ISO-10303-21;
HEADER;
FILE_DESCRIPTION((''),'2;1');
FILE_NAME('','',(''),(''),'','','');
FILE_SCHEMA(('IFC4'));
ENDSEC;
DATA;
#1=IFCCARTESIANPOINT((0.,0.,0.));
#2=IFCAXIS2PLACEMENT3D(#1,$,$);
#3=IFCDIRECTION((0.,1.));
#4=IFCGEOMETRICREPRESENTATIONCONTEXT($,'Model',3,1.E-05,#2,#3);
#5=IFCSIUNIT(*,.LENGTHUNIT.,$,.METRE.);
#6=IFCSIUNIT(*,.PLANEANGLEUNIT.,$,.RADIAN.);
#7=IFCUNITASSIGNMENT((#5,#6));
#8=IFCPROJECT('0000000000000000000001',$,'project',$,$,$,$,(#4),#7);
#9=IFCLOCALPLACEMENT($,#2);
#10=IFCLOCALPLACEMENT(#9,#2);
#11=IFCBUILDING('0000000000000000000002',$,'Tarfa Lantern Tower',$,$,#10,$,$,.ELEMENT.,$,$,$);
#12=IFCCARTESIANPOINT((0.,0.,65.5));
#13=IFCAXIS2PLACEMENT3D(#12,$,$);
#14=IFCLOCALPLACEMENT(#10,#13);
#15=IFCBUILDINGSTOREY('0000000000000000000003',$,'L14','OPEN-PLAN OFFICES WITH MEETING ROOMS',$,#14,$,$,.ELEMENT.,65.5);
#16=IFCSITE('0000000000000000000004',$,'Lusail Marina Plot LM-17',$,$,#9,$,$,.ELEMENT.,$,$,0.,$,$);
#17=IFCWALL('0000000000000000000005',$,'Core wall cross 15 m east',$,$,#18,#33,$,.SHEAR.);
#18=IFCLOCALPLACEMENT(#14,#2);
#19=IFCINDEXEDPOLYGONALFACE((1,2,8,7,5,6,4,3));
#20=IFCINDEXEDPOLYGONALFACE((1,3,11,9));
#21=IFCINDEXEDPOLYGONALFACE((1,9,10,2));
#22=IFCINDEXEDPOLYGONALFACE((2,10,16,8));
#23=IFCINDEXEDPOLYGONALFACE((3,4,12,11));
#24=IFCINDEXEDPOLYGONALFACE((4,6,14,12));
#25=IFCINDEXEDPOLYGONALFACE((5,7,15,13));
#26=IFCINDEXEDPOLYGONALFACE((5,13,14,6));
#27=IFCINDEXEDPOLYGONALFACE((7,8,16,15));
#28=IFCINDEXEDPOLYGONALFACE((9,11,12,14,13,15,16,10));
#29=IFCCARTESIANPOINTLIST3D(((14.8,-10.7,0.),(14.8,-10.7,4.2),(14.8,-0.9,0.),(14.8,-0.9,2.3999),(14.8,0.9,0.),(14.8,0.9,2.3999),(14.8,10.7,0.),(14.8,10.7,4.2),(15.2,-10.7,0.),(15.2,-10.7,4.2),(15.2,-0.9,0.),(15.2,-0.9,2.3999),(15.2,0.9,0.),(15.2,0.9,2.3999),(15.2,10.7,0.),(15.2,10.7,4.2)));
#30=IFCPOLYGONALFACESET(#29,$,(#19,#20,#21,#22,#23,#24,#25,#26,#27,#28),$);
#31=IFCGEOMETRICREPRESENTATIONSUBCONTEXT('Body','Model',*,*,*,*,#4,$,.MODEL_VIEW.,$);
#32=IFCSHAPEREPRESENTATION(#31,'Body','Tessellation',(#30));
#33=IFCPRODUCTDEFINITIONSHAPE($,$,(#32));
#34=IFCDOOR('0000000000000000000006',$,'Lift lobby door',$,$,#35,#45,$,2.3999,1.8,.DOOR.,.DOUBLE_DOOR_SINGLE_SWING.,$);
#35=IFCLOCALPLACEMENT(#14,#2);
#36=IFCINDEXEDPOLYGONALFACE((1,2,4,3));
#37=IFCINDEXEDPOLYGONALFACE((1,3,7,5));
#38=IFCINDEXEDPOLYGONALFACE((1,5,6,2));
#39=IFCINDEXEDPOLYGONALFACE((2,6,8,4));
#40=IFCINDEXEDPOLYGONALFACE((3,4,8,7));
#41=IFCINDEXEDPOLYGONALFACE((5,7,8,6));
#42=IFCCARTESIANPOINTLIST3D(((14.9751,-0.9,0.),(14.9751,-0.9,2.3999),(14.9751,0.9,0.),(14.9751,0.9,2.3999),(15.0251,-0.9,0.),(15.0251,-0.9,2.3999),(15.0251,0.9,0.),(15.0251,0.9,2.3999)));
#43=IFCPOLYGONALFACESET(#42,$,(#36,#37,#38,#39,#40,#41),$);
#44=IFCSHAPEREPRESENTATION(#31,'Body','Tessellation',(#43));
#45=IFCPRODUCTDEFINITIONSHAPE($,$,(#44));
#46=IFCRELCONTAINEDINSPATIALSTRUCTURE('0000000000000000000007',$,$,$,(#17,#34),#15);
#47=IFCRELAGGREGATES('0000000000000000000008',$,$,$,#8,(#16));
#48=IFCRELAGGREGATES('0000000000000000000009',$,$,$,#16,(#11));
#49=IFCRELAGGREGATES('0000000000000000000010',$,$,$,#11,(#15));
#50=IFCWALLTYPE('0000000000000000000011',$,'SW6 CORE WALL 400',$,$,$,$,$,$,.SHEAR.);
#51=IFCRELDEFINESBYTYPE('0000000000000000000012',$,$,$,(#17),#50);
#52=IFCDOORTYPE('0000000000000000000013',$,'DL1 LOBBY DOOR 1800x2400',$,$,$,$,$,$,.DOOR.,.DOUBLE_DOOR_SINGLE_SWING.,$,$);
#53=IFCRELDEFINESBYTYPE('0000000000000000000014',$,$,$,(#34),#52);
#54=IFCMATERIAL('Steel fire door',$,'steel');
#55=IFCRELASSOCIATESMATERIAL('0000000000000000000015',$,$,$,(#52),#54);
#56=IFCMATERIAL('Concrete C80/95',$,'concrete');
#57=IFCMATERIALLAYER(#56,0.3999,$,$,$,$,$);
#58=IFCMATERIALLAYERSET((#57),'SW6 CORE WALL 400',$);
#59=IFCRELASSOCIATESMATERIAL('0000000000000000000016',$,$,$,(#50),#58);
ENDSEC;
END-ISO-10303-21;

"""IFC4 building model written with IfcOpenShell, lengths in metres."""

from ifc_helpers import new_model, si_unit, direction, frame, frame_2d, origin, place, context, subcontext, project, spatial, rectangle, extrude, material, layer, layer_set, type_object, element, fill, save


model = new_model("IFC4")

# Units and contexts
model_context = context("Model", 3, precision=1e-05, world=origin(), true_north=direction((0.0, 1.0)))
body_context = subcontext(model_context, "Body", "Model", "MODEL_VIEW")
ifc_project = project(units=[si_unit("LENGTHUNIT", "METRE"), si_unit("PLANEANGLEUNIT", "RADIAN")], contexts=[model_context])

# Site, building, storey
site_placement = place(None, origin())
site = spatial("IfcSite", under=ifc_project, at=site_placement, Name="Lusail Marina Plot LM-17", CompositionType="ELEMENT", RefElevation=0.0)
building_placement = place(site_placement, origin())
building = spatial("IfcBuilding", under=site, at=building_placement, Name="Tarfa Lantern Tower", CompositionType="ELEMENT")
storey_placement = place(building_placement, frame((0.0, 0.0, 65.5)))
storey = spatial("IfcBuildingStorey", under=building, at=storey_placement, Name="L14", Description="OPEN-PLAN OFFICES WITH MEETING ROOMS", CompositionType="ELEMENT", Elevation=65.5)

# Shared definitions
ifc_material_1 = material(Name="Concrete C80/95", Category="concrete")
ifc_material_2 = material(Name="Steel fire door", Category="steel")
door_type_1 = type_object("IfcDoorType", Name="DL1 LOBBY DOOR 1800x2400", OperationType="DOUBLE_DOOR_SINGLE_SWING", PredefinedType="DOOR", material=ifc_material_2)

# Wall, opening, door
ifc_layer_1 = layer(ifc_material_1, 0.3999)
ifc_layer_set_1 = layer_set([ifc_layer_1], Name="SW6 CORE WALL 400")
wall_type_1 = type_object("IfcWallType", Name="SW6 CORE WALL 400", PredefinedType="SHEAR", material=ifc_layer_set_1)
wall_1_placement = place(storey_placement, frame((15.0, -10.7, 0.0), z_axis=(0.0, 0.0, 1.0), x_axis=(0.0, 1.0, 0.0)))
wall_1 = element("IfcWall", 1, at=wall_1_placement, inside=storey, type_object=wall_type_1, Name="Core wall cross 15 m east", PredefinedType="SHEAR", context=body_context, shape_type="SweptSolid", body=[
    extrude(rectangle(XDim=21.3999, YDim=0.3999, at=frame_2d((10.7, 0.0))), origin(), (0.0, 0.0, 1.0), 4.2),
])
opening_1_placement = place(wall_1_placement, frame((9.8, 0.0, 0.0)))
opening_1 = element("IfcOpeningElement", 2, at=opening_1_placement, cuts=wall_1, PredefinedType="OPENING", context=body_context, shape_type="SweptSolid", body=[
    extrude(rectangle(XDim=1.8, YDim=2.3999, at=frame_2d((0.8999, 1.2))), frame((0.0, 0.21, 0.0), z_axis=(0.0, -1.0, 0.0), x_axis=(1.0, 0.0, 0.0)), (0.0, 0.0, 1.0), 0.4199),
])
door_1_placement = place(opening_1_placement, origin())
door_1 = element("IfcDoor", 3, at=door_1_placement, inside=storey, type_object=door_type_1, Name="Lift lobby door", OperationType="DOUBLE_DOOR_SINGLE_SWING", OverallHeight=2.3999, OverallWidth=1.8, PredefinedType="DOOR", context=body_context, shape_type="SweptSolid", body=[
    extrude(rectangle(XDim=1.8, YDim=2.3999, at=frame_2d((0.8999, 1.2))), frame((0.0, 0.0249, 0.0), z_axis=(0.0, -1.0, 0.0), x_axis=(1.0, 0.0, 0.0)), (0.0, 0.0, 1.0), 0.05),
])
fill(opening_1, door_1)

save(model, "model.ifc")
